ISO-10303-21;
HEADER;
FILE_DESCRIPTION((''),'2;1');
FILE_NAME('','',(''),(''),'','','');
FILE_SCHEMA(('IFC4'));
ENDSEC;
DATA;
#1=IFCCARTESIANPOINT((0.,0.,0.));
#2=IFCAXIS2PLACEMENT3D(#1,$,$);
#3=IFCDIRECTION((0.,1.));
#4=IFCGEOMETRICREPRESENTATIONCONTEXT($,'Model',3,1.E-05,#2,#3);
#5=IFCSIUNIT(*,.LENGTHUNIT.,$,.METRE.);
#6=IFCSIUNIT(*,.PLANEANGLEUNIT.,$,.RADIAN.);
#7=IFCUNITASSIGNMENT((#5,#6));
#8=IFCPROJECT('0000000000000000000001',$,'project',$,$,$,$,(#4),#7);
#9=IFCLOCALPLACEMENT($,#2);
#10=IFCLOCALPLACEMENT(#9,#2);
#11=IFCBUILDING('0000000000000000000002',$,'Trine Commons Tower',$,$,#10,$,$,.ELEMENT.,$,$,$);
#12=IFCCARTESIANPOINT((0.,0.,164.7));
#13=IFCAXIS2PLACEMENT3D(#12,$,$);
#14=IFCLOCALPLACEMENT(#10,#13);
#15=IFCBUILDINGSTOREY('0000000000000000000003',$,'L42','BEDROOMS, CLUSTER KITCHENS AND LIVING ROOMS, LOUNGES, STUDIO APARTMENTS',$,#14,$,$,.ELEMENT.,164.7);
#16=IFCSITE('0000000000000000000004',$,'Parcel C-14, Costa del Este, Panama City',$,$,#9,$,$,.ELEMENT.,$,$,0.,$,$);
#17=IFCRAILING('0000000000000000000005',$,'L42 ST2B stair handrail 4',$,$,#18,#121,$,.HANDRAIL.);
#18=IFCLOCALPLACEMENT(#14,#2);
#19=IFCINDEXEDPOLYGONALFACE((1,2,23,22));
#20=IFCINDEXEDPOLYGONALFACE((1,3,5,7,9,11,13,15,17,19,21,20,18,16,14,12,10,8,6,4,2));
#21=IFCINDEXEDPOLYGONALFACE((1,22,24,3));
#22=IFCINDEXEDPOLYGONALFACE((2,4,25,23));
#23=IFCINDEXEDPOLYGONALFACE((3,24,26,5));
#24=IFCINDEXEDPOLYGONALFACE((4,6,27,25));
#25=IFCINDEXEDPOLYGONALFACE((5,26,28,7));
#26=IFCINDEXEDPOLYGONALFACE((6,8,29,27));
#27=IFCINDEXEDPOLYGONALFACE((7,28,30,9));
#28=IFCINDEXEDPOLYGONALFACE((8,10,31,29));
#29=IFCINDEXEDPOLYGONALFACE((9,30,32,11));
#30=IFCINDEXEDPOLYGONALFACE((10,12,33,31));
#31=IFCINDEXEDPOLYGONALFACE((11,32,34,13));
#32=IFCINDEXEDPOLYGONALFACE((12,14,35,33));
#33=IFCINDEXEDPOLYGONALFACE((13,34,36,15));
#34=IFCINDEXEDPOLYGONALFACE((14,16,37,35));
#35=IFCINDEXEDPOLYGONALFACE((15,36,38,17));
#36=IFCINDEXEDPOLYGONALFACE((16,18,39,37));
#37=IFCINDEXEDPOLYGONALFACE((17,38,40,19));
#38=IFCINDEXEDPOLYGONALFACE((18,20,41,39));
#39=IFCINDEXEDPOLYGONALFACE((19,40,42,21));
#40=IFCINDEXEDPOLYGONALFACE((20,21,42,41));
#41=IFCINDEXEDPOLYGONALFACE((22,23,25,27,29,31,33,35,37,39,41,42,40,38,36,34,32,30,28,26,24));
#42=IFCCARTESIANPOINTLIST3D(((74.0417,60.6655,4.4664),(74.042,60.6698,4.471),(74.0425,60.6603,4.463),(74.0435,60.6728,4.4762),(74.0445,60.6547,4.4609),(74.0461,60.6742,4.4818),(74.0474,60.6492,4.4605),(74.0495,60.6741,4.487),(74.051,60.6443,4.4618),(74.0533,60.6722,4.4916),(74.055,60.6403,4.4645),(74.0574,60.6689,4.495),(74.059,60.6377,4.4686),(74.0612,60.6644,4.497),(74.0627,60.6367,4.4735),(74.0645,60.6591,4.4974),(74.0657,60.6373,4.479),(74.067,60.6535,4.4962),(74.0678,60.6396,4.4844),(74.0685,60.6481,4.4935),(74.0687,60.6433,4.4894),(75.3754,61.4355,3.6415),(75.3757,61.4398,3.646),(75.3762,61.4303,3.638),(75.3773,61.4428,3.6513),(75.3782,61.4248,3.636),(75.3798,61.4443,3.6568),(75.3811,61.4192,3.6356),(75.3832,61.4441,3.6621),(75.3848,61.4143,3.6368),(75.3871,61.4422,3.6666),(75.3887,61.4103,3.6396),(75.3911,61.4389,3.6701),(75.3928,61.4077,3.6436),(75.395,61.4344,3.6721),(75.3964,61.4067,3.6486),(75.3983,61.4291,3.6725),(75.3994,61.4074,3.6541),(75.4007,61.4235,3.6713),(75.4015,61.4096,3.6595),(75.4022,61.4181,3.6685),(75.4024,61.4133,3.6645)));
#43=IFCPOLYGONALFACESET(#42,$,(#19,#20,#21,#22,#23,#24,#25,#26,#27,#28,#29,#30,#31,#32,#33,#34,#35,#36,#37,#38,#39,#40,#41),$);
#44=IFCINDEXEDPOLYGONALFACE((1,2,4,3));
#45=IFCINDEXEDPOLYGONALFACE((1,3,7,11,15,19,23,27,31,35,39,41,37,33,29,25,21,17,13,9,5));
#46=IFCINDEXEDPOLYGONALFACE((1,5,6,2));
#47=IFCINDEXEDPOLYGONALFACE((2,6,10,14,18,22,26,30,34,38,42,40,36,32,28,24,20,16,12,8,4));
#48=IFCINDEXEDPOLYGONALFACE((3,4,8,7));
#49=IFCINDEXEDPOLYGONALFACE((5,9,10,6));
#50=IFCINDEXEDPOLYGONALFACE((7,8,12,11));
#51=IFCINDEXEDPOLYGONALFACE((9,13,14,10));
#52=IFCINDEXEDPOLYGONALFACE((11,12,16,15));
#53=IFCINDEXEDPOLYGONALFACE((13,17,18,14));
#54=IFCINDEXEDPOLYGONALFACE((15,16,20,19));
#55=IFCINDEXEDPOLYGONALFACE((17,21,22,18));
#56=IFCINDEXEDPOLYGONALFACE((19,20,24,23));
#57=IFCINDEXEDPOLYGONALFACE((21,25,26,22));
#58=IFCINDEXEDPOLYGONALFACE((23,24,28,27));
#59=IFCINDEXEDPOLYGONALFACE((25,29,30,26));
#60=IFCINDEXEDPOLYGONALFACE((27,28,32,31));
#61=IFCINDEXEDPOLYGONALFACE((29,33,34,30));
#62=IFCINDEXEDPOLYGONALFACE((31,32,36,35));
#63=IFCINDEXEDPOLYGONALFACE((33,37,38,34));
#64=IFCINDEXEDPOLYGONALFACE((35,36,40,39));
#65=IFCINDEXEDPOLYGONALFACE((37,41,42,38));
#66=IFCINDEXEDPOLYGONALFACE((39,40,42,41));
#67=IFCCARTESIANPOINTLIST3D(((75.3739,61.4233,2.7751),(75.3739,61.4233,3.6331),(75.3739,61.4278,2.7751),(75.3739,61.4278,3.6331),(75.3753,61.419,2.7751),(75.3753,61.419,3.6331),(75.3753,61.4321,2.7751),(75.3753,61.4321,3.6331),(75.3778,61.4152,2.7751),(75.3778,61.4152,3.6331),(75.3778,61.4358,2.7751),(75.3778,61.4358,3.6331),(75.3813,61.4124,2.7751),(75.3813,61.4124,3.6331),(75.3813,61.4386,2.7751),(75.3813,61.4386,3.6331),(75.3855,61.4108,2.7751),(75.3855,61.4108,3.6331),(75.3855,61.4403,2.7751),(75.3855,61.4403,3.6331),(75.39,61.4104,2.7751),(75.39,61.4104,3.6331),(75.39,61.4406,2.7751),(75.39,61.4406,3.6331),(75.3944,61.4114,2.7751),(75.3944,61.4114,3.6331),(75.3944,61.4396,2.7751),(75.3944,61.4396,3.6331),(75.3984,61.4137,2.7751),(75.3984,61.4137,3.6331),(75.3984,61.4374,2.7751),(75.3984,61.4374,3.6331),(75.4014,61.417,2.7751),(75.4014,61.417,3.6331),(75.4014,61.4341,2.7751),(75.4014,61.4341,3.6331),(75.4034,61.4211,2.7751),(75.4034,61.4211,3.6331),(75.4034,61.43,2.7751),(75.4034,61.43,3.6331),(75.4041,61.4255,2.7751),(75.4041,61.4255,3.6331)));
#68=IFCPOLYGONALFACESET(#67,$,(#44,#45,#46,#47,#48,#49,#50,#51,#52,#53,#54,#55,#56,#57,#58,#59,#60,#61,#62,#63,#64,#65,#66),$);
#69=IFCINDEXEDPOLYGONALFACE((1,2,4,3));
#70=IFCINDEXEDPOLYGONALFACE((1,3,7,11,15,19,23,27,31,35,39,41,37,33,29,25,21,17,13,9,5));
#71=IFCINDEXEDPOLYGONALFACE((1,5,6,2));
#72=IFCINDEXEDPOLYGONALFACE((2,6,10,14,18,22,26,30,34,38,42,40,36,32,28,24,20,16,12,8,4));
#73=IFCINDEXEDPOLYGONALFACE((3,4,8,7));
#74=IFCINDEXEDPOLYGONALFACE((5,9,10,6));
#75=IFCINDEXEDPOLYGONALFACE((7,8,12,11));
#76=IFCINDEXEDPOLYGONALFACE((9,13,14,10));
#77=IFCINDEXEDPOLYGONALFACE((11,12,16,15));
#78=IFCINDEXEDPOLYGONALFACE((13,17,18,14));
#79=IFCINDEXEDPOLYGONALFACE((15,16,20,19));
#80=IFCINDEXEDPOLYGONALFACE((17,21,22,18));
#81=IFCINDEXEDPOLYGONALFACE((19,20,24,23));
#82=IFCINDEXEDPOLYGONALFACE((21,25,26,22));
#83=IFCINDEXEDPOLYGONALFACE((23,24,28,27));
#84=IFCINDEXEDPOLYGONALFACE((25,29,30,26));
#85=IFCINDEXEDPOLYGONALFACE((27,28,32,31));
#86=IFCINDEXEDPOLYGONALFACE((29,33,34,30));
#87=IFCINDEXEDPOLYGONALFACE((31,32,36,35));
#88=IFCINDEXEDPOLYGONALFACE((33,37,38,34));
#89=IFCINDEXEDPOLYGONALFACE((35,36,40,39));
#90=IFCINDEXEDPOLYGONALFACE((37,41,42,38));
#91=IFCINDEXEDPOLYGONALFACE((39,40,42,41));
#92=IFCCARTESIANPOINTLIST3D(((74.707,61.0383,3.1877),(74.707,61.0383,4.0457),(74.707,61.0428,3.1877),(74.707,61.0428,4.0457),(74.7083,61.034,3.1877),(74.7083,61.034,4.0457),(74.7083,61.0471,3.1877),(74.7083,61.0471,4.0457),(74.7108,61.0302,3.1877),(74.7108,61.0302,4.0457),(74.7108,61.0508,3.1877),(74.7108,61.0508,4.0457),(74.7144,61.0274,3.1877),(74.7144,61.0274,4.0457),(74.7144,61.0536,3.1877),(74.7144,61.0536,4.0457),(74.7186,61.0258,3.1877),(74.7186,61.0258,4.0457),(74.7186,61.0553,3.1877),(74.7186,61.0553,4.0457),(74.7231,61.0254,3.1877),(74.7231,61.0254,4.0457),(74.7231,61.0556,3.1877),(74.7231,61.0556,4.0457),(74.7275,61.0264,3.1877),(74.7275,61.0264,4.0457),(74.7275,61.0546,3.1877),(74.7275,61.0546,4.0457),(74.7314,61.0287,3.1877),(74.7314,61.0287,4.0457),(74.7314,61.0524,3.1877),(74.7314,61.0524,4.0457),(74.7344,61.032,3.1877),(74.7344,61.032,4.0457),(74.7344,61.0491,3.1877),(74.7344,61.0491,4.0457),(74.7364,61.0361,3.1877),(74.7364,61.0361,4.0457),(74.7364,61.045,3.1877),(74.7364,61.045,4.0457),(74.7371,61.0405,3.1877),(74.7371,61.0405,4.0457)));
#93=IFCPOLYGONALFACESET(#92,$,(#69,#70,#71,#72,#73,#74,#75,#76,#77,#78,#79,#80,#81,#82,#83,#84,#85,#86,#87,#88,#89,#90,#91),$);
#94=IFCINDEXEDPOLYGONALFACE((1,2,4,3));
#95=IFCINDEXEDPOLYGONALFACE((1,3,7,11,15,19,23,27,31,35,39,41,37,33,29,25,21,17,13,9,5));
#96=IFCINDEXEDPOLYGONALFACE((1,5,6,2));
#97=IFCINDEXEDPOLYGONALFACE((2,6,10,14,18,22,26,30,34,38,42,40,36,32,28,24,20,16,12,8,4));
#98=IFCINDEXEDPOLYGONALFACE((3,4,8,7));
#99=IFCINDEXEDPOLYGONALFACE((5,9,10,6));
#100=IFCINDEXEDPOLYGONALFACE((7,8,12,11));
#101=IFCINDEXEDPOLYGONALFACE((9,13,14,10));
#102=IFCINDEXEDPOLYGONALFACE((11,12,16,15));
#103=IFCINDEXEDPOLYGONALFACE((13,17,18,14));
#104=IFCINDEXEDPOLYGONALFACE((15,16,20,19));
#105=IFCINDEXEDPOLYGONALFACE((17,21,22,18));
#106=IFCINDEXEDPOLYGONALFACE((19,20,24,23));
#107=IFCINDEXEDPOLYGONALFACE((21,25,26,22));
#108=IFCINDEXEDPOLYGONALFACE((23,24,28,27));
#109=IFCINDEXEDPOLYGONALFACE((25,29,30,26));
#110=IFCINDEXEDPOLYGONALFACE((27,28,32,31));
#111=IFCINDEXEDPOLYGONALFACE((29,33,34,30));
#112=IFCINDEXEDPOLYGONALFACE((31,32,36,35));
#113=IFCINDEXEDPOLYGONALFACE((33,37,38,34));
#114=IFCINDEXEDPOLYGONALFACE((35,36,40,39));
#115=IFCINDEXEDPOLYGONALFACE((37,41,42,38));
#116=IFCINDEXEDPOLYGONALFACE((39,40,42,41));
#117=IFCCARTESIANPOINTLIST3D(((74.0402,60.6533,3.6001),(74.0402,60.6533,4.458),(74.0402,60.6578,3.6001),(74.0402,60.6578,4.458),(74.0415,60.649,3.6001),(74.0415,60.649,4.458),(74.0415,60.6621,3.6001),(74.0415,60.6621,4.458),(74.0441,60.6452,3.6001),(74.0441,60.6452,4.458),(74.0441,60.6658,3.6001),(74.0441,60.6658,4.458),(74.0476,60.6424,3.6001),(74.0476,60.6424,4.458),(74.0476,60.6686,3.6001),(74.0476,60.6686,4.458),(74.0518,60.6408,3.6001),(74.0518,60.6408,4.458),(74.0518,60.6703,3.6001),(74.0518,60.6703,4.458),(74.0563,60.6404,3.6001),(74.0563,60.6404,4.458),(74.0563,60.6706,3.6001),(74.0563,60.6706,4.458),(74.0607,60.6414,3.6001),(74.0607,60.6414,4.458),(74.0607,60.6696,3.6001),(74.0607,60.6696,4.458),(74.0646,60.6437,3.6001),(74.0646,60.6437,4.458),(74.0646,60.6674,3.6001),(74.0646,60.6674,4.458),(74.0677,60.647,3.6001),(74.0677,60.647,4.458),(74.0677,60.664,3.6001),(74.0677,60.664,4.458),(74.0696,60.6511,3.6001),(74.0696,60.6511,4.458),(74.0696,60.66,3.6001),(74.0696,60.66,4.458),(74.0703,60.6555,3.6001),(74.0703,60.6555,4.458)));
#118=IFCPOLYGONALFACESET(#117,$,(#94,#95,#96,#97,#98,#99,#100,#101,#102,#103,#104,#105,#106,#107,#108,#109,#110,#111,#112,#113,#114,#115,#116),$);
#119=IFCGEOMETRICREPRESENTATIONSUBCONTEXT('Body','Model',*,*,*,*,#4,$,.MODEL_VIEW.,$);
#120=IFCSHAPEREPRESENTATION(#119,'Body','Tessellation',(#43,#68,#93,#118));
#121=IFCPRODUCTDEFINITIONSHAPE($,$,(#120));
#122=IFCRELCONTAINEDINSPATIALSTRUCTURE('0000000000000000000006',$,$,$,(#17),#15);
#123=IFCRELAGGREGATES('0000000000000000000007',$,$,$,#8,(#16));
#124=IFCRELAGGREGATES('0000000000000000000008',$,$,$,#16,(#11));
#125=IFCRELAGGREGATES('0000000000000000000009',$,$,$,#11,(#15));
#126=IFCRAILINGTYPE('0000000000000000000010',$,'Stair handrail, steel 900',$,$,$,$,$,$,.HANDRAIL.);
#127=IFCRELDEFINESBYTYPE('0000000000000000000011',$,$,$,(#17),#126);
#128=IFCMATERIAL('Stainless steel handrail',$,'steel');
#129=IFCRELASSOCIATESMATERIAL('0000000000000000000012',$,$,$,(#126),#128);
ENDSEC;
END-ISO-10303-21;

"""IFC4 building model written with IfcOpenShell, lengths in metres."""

from ifc_helpers import new_model, si_unit, direction, frame, origin, origin_2d, place, context, subcontext, project, spatial, circle, extrude, material, type_object, element, save


model = new_model("IFC4")

# Units and contexts
model_context = context("Model", 3, precision=1e-05, world=origin(), true_north=direction((0.0, 1.0)))
body_context = subcontext(model_context, "Body", "Model", "MODEL_VIEW")
ifc_project = project(units=[si_unit("LENGTHUNIT", "METRE"), si_unit("PLANEANGLEUNIT", "RADIAN")], contexts=[model_context])

# Site, building, storey
site_placement = place(None, origin())
site = spatial("IfcSite", under=ifc_project, at=site_placement, Name="Parcel C-14, Costa del Este, Panama City", CompositionType="ELEMENT", RefElevation=0.0)
building_placement = place(site_placement, origin())
building = spatial("IfcBuilding", under=site, at=building_placement, Name="Trine Commons Tower", CompositionType="ELEMENT")
storey_placement = place(building_placement, frame((0.0, 0.0, 164.7)))
storey = spatial("IfcBuildingStorey", under=building, at=storey_placement, Name="L42", Description="BEDROOMS, CLUSTER KITCHENS AND LIVING ROOMS, LOUNGES, STUDIO APARTMENTS", CompositionType="ELEMENT", Elevation=164.7)

# Railing
ifc_material_1 = material(Name="Stainless steel handrail", Category="steel")
railing_type_1 = type_object("IfcRailingType", Name="Stair handrail, steel 900", PredefinedType="HANDRAIL", material=ifc_material_1)
railing_1_placement = place(storey_placement, frame((75.3889, 61.4255, 2.7751)))
element("IfcRailing", 1, at=railing_1_placement, inside=storey, type_object=railing_type_1, Name="L42 ST2B stair handrail 4", PredefinedType="HANDRAIL", context=body_context, shape_type="SweptSolid", body=[
    extrude(circle(Radius=0.021, at=origin_2d()), frame((0.0, 0.0, 0.8789), z_axis=(-0.763405, -0.440743, 0.472185), x_axis=(0.499992, -0.86603, 0.0)), (0.0, 0.0, 1.0), 1.7471),
    extrude(circle(Radius=0.0151, at=origin_2d()), origin(), (0.0, 0.0, 1.0), 0.8579),
    extrude(circle(Radius=0.0151, at=origin_2d()), frame((-0.667, -0.385, 0.4126)), (0.0, 0.0, 1.0), 0.8579),
    extrude(circle(Radius=0.0151, at=origin_2d()), frame((-1.3337, -0.77, 0.825)), (0.0, 0.0, 1.0), 0.8579),
])

save(model, "model.ifc")
